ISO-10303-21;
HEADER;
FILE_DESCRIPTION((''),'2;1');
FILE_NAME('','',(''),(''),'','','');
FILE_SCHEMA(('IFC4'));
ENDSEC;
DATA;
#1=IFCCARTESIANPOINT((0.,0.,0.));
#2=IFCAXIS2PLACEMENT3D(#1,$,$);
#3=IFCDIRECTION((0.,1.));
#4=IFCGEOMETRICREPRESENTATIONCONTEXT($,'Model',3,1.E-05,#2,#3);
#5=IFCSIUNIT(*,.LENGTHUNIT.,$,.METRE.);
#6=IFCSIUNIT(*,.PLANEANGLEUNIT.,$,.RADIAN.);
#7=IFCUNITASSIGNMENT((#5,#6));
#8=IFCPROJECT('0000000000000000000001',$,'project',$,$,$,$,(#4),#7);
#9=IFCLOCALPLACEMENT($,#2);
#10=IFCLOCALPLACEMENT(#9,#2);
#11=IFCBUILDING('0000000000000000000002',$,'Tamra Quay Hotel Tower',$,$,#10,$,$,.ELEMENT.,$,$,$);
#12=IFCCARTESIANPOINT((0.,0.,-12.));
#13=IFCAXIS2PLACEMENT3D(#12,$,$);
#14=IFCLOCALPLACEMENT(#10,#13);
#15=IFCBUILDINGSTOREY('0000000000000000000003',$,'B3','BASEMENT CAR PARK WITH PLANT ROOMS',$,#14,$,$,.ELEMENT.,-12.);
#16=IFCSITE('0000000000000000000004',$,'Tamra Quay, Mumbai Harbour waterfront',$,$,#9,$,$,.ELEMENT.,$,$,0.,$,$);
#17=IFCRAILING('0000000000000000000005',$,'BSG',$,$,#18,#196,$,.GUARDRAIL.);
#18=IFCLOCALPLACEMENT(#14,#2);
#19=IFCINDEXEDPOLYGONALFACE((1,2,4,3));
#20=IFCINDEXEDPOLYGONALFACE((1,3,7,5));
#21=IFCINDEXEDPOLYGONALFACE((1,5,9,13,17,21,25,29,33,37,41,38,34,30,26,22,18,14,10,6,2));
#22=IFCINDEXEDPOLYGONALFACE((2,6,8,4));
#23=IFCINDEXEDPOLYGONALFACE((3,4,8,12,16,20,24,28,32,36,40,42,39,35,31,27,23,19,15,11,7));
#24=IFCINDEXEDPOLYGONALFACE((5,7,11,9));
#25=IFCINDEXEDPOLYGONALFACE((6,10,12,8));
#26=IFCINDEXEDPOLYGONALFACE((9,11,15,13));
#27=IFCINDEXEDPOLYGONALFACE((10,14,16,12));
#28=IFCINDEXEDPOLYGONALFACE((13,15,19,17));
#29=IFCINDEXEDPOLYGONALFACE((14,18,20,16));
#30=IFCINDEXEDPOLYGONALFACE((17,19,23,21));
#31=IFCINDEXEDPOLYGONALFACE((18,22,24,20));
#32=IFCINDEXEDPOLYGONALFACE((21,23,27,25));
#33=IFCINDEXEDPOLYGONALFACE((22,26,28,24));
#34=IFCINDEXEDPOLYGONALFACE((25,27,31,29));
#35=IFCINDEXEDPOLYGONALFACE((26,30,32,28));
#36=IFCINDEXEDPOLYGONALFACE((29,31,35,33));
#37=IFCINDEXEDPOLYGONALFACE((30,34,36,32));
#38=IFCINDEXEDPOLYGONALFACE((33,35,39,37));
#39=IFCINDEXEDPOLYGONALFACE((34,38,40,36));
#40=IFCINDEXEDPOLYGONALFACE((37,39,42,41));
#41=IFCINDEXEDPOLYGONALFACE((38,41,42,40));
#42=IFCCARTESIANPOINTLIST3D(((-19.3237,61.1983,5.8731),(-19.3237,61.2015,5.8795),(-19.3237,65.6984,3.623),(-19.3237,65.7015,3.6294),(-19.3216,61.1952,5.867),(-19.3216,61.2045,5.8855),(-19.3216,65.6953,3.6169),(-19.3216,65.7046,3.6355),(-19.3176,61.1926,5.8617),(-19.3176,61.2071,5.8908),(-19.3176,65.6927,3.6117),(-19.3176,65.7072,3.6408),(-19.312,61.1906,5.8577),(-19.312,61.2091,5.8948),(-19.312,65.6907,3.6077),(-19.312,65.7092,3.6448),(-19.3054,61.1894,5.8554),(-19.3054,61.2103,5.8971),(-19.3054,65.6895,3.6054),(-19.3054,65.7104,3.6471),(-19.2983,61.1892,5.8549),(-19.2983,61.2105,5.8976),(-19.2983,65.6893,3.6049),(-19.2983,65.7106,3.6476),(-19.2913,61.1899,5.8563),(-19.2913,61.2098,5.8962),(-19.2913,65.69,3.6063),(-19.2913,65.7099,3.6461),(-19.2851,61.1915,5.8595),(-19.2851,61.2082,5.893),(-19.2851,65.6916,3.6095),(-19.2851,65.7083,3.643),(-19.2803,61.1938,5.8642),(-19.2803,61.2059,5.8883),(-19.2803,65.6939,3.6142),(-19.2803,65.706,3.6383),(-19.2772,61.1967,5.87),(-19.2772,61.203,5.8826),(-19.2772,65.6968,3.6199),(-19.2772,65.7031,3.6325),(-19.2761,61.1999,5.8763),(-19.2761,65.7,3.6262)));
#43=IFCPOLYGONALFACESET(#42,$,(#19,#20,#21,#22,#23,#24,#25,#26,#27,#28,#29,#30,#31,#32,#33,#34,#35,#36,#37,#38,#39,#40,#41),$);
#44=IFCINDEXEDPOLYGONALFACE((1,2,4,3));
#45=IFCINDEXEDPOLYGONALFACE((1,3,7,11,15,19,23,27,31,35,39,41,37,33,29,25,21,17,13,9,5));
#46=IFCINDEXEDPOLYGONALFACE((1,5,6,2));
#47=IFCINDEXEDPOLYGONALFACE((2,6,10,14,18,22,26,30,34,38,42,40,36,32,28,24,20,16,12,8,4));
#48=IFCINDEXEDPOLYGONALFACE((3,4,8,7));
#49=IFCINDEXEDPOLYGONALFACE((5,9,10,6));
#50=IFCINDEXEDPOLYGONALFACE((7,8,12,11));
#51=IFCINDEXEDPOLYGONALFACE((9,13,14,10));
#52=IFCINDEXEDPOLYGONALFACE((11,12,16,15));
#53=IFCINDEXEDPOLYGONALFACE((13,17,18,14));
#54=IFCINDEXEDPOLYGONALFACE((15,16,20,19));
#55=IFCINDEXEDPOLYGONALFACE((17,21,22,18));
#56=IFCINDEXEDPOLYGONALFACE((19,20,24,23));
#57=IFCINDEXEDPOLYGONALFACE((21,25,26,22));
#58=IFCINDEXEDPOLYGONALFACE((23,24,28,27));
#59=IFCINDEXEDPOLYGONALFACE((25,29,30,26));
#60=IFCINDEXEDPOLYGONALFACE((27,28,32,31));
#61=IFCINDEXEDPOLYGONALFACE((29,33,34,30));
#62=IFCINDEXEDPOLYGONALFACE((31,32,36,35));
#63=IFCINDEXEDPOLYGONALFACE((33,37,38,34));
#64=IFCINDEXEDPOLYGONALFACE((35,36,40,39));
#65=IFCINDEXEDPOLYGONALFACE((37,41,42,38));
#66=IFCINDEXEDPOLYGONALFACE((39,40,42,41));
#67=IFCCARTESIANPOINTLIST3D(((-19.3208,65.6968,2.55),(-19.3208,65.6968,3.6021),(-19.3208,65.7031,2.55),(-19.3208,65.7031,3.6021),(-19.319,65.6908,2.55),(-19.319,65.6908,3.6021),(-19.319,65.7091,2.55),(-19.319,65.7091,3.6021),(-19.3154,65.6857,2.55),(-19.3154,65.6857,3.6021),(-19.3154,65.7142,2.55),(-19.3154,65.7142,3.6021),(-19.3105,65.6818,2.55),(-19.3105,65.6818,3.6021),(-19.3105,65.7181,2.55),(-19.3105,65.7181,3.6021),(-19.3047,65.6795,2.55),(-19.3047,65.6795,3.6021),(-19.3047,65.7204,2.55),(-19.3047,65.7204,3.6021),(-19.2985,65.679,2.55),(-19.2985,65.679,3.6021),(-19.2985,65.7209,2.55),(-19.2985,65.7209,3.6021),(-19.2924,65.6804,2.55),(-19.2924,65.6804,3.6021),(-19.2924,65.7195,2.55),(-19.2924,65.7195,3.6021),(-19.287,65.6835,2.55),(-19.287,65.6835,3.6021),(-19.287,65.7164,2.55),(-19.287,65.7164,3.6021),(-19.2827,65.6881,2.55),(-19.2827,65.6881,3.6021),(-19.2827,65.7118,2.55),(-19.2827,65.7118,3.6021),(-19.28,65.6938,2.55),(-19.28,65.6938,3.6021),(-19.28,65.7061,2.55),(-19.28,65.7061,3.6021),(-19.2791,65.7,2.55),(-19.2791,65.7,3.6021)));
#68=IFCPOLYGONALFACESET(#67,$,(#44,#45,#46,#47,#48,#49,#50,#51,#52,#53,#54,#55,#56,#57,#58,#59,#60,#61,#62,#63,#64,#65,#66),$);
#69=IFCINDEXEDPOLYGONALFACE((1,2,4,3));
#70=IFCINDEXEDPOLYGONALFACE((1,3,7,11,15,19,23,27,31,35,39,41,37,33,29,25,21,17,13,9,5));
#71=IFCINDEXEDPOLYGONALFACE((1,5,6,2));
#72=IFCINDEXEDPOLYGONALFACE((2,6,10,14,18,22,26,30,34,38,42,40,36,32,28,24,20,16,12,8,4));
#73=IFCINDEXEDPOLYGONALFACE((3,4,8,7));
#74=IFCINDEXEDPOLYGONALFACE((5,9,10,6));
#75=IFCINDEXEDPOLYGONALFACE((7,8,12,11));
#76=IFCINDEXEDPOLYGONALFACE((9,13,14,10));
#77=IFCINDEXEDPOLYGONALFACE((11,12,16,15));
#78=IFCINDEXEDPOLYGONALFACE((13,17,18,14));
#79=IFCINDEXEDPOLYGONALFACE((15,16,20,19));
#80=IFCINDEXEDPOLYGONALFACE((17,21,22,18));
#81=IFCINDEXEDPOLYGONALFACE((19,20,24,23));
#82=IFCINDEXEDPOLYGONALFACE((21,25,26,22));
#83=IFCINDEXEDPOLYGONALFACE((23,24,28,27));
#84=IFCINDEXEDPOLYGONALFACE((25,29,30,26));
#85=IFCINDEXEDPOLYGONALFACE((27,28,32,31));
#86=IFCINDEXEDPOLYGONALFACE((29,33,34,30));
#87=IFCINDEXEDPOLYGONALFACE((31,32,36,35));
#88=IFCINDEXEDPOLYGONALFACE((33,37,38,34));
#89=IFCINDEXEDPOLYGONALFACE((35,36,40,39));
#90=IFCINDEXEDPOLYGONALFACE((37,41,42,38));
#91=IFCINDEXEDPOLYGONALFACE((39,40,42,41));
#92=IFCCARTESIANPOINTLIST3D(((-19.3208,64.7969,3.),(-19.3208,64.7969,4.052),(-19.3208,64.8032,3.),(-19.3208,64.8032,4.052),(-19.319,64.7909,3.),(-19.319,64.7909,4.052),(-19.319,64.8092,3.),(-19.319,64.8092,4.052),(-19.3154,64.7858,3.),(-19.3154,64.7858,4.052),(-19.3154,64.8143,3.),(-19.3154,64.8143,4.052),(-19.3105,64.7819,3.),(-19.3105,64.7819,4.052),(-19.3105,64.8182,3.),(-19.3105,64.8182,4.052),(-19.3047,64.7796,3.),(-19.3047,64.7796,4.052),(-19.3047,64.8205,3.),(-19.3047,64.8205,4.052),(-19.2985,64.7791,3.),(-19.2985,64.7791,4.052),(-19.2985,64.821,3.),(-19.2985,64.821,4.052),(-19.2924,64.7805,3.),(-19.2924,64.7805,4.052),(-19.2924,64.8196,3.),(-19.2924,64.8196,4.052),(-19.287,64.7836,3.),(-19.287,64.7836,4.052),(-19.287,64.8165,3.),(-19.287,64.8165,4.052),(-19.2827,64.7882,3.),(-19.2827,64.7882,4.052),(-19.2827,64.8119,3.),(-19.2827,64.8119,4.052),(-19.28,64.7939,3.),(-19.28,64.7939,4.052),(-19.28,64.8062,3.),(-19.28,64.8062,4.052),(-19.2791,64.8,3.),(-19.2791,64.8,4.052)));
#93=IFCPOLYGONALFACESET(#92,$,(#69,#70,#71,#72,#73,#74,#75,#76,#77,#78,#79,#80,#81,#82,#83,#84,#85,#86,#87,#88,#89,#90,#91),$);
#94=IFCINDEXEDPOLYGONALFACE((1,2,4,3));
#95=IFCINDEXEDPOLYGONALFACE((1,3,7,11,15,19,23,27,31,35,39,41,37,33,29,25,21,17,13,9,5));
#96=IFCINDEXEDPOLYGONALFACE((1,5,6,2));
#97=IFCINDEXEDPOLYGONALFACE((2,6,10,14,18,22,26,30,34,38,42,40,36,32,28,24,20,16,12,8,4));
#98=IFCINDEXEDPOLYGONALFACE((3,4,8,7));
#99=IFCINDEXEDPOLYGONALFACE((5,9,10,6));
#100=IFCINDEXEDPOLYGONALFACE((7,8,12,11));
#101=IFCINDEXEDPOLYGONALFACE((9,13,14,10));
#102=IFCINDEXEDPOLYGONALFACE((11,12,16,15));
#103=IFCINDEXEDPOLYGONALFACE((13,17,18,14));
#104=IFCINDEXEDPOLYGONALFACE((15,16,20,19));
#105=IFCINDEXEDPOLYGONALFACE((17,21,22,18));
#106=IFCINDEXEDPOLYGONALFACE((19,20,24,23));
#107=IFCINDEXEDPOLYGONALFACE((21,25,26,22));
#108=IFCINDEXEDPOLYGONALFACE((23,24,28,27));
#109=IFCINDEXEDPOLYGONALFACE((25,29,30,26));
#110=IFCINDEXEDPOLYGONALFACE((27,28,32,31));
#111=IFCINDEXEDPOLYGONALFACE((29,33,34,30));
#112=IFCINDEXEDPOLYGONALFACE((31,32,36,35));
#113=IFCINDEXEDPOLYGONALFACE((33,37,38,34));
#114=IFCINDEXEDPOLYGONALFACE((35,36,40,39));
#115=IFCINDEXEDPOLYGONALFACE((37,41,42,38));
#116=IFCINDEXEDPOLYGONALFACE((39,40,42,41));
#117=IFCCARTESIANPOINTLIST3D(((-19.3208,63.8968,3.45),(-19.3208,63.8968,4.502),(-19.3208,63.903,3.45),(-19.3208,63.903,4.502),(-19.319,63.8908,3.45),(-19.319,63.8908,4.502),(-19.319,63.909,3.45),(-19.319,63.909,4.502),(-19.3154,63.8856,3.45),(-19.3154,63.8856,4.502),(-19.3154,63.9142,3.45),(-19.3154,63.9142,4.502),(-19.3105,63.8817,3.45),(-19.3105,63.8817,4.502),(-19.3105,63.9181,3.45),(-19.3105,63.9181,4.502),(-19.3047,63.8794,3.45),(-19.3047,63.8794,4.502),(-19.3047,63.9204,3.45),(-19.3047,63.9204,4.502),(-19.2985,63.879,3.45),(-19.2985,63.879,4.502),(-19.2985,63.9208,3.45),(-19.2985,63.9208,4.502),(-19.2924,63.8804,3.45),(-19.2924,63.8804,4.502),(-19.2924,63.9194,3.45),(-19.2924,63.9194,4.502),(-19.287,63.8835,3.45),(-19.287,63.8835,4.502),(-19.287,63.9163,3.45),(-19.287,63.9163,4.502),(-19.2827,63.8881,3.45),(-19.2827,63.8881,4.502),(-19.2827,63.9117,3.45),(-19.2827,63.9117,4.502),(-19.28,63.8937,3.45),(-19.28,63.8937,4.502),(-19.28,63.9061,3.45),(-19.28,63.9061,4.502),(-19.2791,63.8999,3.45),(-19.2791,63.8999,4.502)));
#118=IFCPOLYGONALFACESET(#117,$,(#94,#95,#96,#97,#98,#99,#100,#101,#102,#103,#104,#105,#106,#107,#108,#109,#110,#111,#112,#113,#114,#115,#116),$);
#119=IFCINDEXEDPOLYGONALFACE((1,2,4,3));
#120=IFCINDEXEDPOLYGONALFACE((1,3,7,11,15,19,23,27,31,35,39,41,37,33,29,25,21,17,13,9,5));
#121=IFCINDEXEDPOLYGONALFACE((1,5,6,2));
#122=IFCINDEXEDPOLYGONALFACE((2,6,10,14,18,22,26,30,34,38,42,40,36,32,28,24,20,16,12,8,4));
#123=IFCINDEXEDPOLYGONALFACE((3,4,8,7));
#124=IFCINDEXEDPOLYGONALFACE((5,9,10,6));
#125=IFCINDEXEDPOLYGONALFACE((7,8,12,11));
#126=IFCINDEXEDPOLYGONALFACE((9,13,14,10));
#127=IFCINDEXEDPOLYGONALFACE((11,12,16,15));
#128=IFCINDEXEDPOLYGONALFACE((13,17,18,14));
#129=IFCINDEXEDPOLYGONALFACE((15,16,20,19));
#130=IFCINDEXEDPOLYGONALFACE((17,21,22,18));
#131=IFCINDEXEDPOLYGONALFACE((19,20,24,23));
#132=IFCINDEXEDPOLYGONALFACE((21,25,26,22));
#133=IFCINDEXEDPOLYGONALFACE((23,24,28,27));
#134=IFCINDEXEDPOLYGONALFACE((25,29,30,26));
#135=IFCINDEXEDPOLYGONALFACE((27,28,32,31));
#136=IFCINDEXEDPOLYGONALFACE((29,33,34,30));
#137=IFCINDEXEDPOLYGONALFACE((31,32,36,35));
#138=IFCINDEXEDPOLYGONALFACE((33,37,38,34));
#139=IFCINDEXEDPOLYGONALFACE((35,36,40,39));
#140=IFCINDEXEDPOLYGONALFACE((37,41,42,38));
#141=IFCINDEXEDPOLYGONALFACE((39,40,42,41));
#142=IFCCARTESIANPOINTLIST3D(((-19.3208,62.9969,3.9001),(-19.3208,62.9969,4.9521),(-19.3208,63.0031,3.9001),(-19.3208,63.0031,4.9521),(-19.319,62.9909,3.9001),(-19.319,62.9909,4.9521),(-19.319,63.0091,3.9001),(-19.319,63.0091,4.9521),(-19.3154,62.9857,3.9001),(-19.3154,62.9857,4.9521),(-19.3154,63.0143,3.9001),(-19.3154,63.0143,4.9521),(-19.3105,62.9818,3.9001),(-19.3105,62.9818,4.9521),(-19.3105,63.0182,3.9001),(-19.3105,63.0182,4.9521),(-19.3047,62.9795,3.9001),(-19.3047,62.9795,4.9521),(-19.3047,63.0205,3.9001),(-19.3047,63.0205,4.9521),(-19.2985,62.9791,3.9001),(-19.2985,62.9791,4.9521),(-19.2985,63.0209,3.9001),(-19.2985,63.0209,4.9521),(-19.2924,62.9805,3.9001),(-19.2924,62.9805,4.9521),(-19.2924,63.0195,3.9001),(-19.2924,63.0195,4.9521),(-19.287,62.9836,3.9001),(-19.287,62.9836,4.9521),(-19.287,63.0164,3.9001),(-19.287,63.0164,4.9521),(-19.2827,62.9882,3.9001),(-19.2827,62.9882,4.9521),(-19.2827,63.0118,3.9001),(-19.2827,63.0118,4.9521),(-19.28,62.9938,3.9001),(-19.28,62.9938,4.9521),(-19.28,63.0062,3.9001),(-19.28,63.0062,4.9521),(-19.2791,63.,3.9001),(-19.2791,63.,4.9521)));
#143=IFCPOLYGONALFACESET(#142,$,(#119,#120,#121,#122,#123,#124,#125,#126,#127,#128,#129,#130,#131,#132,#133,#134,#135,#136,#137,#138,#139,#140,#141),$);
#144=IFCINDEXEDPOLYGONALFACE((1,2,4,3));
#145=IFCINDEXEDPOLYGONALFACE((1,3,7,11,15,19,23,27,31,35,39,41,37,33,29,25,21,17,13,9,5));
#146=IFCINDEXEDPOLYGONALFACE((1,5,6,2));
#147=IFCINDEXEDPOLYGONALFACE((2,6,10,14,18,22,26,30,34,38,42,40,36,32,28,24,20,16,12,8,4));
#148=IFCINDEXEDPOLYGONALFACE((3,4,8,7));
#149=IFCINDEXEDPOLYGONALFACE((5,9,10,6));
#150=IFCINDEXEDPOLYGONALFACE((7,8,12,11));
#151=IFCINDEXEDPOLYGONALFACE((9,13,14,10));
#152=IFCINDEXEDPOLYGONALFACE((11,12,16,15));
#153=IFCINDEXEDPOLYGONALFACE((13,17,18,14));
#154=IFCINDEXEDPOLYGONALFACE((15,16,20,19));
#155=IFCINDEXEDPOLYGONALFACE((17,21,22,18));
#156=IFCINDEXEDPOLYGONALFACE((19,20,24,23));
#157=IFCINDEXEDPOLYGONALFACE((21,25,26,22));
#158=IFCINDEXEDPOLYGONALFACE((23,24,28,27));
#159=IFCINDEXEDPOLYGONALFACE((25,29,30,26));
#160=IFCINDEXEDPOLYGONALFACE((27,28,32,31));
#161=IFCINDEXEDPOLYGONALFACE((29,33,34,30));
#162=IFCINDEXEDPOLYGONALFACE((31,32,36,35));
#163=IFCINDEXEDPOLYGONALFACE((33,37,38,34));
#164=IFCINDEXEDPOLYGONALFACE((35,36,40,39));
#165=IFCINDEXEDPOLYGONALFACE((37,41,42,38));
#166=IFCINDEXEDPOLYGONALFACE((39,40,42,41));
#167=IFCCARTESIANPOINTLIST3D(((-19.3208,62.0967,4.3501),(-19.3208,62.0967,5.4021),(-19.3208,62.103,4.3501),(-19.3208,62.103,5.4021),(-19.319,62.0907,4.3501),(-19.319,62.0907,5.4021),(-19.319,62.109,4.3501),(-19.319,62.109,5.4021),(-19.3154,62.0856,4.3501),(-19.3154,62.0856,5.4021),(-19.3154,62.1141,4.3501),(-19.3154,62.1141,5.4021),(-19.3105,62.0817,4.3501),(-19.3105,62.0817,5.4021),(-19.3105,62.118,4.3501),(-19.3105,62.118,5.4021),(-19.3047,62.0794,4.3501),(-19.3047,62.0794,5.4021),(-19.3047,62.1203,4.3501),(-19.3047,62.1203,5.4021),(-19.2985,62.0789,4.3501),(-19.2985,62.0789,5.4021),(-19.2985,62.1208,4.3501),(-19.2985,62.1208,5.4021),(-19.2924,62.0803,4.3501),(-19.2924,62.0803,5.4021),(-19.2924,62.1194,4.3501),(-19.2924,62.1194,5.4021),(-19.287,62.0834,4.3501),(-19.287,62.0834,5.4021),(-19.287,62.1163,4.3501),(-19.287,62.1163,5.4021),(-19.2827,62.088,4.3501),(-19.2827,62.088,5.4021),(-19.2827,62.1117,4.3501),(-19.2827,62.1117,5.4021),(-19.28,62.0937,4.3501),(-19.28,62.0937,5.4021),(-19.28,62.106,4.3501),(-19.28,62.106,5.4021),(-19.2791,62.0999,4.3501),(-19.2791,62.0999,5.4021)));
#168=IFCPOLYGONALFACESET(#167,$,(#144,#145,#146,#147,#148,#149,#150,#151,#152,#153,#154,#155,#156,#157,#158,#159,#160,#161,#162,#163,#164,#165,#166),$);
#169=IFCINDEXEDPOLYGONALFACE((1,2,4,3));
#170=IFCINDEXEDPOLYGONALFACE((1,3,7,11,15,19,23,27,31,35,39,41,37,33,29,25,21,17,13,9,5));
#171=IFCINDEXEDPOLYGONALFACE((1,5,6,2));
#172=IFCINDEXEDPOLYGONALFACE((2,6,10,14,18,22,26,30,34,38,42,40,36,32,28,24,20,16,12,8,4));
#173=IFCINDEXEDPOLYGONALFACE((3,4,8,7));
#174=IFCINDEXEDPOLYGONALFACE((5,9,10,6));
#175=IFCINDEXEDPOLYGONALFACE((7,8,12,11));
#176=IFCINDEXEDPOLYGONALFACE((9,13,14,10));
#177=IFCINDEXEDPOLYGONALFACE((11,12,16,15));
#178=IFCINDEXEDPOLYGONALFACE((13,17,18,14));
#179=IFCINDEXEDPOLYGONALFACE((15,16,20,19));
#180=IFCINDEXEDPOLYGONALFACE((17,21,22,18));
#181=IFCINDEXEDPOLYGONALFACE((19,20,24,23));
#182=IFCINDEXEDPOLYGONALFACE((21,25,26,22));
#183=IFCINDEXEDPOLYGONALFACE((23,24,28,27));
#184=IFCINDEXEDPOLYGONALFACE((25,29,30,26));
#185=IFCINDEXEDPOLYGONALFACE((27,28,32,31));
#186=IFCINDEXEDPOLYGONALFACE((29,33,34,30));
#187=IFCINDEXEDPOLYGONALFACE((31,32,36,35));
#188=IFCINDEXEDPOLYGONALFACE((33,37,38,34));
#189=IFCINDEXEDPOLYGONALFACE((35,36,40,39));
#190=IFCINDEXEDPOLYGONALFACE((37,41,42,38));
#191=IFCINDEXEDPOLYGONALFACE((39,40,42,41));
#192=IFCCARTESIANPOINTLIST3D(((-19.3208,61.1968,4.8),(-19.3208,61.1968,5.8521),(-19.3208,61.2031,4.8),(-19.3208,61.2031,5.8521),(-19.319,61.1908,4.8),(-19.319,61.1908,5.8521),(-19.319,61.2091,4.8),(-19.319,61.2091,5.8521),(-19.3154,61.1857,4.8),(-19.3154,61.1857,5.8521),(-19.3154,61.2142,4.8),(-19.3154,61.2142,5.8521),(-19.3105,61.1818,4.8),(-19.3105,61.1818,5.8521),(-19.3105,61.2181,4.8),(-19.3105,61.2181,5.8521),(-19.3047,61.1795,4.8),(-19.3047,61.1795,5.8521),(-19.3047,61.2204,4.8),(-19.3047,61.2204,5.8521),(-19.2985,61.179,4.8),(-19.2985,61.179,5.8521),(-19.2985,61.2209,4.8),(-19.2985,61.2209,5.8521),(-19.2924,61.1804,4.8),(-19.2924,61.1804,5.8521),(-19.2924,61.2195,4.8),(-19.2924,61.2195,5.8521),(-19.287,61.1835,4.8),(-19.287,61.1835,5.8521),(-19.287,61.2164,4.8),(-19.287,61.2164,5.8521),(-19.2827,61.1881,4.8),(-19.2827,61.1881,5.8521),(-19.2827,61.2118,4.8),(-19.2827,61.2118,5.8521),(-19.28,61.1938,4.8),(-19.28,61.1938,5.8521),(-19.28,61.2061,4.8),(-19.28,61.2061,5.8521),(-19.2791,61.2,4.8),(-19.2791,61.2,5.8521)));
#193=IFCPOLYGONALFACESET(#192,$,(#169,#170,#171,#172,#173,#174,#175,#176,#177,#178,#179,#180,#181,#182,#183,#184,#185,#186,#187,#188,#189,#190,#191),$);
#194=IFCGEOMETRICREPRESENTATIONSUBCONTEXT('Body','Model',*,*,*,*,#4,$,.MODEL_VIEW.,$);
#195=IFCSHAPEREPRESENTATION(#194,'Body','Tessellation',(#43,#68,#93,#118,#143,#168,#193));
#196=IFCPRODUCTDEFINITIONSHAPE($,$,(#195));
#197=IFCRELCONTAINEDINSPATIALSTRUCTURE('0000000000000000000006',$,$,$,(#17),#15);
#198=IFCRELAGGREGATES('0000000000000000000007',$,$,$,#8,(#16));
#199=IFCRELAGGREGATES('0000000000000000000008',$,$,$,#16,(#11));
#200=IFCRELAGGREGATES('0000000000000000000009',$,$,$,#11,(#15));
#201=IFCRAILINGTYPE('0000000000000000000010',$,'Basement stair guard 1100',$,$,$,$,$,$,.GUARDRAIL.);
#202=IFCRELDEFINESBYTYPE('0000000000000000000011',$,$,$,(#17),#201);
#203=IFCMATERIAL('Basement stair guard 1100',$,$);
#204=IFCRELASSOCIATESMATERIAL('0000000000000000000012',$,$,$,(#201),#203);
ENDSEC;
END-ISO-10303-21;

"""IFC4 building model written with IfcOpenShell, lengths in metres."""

from ifc_helpers import new_model, si_unit, direction, frame, origin, origin_2d, place, context, subcontext, project, spatial, circle, extrude, material, type_object, element, save


model = new_model("IFC4")

# Units and contexts
model_context = context("Model", 3, precision=1e-05, world=origin(), true_north=direction((0.0, 1.0)))
body_context = subcontext(model_context, "Body", "Model", "MODEL_VIEW")
ifc_project = project(units=[si_unit("LENGTHUNIT", "METRE"), si_unit("PLANEANGLEUNIT", "RADIAN")], contexts=[model_context])

# Site, building, storey
site_placement = place(None, origin())
site = spatial("IfcSite", under=ifc_project, at=site_placement, Name="Tamra Quay, Mumbai Harbour waterfront", CompositionType="ELEMENT", RefElevation=0.0)
building_placement = place(site_placement, origin())
building = spatial("IfcBuilding", under=site, at=building_placement, Name="Tamra Quay Hotel Tower", CompositionType="ELEMENT")
storey_placement = place(building_placement, frame((0.0, 0.0, -12.0)))
storey = spatial("IfcBuildingStorey", under=building, at=storey_placement, Name="B3", Description="BASEMENT CAR PARK WITH PLANT ROOMS", CompositionType="ELEMENT", Elevation=-12.0)

# Railing
ifc_material_1 = material(Name="Basement stair guard 1100")
railing_type_1 = type_object("IfcRailingType", Name="Basement stair guard 1100", PredefinedType="GUARDRAIL", material=ifc_material_1)
railing_1_placement = place(storey_placement, frame((-19.3, 65.7, 2.55)))
element("IfcRailing", 1, at=railing_1_placement, inside=storey, type_object=railing_type_1, Name="BSG", PredefinedType="GUARDRAIL", context=body_context, shape_type="SweptSolid", body=[
    extrude(circle(Radius=0.0239, at=origin_2d()), frame((0.0, 0.0, 1.0762), z_axis=(0.0, -0.894427, 0.447214), x_axis=(1.0, 0.0, 0.0)), (0.0, 0.0, 1.0), 5.0312),
    extrude(circle(Radius=0.021, at=origin_2d()), origin(), (0.0, 0.0, 1.0), 1.052),
    extrude(circle(Radius=0.021, at=origin_2d()), frame((0.0, -0.8999, 0.45)), (0.0, 0.0, 1.0), 1.052),
    extrude(circle(Radius=0.021, at=origin_2d()), frame((0.0, -1.8, 0.8999)), (0.0, 0.0, 1.0), 1.052),
    extrude(circle(Radius=0.021, at=origin_2d()), frame((0.0, -2.7, 1.3501)), (0.0, 0.0, 1.0), 1.052),
    extrude(circle(Radius=0.021, at=origin_2d()), frame((0.0, -3.6001, 1.8)), (0.0, 0.0, 1.0), 1.052),
    extrude(circle(Radius=0.021, at=origin_2d()), frame((0.0, -4.5, 2.25)), (0.0, 0.0, 1.0), 1.052),
])

save(model, "model.ifc")
